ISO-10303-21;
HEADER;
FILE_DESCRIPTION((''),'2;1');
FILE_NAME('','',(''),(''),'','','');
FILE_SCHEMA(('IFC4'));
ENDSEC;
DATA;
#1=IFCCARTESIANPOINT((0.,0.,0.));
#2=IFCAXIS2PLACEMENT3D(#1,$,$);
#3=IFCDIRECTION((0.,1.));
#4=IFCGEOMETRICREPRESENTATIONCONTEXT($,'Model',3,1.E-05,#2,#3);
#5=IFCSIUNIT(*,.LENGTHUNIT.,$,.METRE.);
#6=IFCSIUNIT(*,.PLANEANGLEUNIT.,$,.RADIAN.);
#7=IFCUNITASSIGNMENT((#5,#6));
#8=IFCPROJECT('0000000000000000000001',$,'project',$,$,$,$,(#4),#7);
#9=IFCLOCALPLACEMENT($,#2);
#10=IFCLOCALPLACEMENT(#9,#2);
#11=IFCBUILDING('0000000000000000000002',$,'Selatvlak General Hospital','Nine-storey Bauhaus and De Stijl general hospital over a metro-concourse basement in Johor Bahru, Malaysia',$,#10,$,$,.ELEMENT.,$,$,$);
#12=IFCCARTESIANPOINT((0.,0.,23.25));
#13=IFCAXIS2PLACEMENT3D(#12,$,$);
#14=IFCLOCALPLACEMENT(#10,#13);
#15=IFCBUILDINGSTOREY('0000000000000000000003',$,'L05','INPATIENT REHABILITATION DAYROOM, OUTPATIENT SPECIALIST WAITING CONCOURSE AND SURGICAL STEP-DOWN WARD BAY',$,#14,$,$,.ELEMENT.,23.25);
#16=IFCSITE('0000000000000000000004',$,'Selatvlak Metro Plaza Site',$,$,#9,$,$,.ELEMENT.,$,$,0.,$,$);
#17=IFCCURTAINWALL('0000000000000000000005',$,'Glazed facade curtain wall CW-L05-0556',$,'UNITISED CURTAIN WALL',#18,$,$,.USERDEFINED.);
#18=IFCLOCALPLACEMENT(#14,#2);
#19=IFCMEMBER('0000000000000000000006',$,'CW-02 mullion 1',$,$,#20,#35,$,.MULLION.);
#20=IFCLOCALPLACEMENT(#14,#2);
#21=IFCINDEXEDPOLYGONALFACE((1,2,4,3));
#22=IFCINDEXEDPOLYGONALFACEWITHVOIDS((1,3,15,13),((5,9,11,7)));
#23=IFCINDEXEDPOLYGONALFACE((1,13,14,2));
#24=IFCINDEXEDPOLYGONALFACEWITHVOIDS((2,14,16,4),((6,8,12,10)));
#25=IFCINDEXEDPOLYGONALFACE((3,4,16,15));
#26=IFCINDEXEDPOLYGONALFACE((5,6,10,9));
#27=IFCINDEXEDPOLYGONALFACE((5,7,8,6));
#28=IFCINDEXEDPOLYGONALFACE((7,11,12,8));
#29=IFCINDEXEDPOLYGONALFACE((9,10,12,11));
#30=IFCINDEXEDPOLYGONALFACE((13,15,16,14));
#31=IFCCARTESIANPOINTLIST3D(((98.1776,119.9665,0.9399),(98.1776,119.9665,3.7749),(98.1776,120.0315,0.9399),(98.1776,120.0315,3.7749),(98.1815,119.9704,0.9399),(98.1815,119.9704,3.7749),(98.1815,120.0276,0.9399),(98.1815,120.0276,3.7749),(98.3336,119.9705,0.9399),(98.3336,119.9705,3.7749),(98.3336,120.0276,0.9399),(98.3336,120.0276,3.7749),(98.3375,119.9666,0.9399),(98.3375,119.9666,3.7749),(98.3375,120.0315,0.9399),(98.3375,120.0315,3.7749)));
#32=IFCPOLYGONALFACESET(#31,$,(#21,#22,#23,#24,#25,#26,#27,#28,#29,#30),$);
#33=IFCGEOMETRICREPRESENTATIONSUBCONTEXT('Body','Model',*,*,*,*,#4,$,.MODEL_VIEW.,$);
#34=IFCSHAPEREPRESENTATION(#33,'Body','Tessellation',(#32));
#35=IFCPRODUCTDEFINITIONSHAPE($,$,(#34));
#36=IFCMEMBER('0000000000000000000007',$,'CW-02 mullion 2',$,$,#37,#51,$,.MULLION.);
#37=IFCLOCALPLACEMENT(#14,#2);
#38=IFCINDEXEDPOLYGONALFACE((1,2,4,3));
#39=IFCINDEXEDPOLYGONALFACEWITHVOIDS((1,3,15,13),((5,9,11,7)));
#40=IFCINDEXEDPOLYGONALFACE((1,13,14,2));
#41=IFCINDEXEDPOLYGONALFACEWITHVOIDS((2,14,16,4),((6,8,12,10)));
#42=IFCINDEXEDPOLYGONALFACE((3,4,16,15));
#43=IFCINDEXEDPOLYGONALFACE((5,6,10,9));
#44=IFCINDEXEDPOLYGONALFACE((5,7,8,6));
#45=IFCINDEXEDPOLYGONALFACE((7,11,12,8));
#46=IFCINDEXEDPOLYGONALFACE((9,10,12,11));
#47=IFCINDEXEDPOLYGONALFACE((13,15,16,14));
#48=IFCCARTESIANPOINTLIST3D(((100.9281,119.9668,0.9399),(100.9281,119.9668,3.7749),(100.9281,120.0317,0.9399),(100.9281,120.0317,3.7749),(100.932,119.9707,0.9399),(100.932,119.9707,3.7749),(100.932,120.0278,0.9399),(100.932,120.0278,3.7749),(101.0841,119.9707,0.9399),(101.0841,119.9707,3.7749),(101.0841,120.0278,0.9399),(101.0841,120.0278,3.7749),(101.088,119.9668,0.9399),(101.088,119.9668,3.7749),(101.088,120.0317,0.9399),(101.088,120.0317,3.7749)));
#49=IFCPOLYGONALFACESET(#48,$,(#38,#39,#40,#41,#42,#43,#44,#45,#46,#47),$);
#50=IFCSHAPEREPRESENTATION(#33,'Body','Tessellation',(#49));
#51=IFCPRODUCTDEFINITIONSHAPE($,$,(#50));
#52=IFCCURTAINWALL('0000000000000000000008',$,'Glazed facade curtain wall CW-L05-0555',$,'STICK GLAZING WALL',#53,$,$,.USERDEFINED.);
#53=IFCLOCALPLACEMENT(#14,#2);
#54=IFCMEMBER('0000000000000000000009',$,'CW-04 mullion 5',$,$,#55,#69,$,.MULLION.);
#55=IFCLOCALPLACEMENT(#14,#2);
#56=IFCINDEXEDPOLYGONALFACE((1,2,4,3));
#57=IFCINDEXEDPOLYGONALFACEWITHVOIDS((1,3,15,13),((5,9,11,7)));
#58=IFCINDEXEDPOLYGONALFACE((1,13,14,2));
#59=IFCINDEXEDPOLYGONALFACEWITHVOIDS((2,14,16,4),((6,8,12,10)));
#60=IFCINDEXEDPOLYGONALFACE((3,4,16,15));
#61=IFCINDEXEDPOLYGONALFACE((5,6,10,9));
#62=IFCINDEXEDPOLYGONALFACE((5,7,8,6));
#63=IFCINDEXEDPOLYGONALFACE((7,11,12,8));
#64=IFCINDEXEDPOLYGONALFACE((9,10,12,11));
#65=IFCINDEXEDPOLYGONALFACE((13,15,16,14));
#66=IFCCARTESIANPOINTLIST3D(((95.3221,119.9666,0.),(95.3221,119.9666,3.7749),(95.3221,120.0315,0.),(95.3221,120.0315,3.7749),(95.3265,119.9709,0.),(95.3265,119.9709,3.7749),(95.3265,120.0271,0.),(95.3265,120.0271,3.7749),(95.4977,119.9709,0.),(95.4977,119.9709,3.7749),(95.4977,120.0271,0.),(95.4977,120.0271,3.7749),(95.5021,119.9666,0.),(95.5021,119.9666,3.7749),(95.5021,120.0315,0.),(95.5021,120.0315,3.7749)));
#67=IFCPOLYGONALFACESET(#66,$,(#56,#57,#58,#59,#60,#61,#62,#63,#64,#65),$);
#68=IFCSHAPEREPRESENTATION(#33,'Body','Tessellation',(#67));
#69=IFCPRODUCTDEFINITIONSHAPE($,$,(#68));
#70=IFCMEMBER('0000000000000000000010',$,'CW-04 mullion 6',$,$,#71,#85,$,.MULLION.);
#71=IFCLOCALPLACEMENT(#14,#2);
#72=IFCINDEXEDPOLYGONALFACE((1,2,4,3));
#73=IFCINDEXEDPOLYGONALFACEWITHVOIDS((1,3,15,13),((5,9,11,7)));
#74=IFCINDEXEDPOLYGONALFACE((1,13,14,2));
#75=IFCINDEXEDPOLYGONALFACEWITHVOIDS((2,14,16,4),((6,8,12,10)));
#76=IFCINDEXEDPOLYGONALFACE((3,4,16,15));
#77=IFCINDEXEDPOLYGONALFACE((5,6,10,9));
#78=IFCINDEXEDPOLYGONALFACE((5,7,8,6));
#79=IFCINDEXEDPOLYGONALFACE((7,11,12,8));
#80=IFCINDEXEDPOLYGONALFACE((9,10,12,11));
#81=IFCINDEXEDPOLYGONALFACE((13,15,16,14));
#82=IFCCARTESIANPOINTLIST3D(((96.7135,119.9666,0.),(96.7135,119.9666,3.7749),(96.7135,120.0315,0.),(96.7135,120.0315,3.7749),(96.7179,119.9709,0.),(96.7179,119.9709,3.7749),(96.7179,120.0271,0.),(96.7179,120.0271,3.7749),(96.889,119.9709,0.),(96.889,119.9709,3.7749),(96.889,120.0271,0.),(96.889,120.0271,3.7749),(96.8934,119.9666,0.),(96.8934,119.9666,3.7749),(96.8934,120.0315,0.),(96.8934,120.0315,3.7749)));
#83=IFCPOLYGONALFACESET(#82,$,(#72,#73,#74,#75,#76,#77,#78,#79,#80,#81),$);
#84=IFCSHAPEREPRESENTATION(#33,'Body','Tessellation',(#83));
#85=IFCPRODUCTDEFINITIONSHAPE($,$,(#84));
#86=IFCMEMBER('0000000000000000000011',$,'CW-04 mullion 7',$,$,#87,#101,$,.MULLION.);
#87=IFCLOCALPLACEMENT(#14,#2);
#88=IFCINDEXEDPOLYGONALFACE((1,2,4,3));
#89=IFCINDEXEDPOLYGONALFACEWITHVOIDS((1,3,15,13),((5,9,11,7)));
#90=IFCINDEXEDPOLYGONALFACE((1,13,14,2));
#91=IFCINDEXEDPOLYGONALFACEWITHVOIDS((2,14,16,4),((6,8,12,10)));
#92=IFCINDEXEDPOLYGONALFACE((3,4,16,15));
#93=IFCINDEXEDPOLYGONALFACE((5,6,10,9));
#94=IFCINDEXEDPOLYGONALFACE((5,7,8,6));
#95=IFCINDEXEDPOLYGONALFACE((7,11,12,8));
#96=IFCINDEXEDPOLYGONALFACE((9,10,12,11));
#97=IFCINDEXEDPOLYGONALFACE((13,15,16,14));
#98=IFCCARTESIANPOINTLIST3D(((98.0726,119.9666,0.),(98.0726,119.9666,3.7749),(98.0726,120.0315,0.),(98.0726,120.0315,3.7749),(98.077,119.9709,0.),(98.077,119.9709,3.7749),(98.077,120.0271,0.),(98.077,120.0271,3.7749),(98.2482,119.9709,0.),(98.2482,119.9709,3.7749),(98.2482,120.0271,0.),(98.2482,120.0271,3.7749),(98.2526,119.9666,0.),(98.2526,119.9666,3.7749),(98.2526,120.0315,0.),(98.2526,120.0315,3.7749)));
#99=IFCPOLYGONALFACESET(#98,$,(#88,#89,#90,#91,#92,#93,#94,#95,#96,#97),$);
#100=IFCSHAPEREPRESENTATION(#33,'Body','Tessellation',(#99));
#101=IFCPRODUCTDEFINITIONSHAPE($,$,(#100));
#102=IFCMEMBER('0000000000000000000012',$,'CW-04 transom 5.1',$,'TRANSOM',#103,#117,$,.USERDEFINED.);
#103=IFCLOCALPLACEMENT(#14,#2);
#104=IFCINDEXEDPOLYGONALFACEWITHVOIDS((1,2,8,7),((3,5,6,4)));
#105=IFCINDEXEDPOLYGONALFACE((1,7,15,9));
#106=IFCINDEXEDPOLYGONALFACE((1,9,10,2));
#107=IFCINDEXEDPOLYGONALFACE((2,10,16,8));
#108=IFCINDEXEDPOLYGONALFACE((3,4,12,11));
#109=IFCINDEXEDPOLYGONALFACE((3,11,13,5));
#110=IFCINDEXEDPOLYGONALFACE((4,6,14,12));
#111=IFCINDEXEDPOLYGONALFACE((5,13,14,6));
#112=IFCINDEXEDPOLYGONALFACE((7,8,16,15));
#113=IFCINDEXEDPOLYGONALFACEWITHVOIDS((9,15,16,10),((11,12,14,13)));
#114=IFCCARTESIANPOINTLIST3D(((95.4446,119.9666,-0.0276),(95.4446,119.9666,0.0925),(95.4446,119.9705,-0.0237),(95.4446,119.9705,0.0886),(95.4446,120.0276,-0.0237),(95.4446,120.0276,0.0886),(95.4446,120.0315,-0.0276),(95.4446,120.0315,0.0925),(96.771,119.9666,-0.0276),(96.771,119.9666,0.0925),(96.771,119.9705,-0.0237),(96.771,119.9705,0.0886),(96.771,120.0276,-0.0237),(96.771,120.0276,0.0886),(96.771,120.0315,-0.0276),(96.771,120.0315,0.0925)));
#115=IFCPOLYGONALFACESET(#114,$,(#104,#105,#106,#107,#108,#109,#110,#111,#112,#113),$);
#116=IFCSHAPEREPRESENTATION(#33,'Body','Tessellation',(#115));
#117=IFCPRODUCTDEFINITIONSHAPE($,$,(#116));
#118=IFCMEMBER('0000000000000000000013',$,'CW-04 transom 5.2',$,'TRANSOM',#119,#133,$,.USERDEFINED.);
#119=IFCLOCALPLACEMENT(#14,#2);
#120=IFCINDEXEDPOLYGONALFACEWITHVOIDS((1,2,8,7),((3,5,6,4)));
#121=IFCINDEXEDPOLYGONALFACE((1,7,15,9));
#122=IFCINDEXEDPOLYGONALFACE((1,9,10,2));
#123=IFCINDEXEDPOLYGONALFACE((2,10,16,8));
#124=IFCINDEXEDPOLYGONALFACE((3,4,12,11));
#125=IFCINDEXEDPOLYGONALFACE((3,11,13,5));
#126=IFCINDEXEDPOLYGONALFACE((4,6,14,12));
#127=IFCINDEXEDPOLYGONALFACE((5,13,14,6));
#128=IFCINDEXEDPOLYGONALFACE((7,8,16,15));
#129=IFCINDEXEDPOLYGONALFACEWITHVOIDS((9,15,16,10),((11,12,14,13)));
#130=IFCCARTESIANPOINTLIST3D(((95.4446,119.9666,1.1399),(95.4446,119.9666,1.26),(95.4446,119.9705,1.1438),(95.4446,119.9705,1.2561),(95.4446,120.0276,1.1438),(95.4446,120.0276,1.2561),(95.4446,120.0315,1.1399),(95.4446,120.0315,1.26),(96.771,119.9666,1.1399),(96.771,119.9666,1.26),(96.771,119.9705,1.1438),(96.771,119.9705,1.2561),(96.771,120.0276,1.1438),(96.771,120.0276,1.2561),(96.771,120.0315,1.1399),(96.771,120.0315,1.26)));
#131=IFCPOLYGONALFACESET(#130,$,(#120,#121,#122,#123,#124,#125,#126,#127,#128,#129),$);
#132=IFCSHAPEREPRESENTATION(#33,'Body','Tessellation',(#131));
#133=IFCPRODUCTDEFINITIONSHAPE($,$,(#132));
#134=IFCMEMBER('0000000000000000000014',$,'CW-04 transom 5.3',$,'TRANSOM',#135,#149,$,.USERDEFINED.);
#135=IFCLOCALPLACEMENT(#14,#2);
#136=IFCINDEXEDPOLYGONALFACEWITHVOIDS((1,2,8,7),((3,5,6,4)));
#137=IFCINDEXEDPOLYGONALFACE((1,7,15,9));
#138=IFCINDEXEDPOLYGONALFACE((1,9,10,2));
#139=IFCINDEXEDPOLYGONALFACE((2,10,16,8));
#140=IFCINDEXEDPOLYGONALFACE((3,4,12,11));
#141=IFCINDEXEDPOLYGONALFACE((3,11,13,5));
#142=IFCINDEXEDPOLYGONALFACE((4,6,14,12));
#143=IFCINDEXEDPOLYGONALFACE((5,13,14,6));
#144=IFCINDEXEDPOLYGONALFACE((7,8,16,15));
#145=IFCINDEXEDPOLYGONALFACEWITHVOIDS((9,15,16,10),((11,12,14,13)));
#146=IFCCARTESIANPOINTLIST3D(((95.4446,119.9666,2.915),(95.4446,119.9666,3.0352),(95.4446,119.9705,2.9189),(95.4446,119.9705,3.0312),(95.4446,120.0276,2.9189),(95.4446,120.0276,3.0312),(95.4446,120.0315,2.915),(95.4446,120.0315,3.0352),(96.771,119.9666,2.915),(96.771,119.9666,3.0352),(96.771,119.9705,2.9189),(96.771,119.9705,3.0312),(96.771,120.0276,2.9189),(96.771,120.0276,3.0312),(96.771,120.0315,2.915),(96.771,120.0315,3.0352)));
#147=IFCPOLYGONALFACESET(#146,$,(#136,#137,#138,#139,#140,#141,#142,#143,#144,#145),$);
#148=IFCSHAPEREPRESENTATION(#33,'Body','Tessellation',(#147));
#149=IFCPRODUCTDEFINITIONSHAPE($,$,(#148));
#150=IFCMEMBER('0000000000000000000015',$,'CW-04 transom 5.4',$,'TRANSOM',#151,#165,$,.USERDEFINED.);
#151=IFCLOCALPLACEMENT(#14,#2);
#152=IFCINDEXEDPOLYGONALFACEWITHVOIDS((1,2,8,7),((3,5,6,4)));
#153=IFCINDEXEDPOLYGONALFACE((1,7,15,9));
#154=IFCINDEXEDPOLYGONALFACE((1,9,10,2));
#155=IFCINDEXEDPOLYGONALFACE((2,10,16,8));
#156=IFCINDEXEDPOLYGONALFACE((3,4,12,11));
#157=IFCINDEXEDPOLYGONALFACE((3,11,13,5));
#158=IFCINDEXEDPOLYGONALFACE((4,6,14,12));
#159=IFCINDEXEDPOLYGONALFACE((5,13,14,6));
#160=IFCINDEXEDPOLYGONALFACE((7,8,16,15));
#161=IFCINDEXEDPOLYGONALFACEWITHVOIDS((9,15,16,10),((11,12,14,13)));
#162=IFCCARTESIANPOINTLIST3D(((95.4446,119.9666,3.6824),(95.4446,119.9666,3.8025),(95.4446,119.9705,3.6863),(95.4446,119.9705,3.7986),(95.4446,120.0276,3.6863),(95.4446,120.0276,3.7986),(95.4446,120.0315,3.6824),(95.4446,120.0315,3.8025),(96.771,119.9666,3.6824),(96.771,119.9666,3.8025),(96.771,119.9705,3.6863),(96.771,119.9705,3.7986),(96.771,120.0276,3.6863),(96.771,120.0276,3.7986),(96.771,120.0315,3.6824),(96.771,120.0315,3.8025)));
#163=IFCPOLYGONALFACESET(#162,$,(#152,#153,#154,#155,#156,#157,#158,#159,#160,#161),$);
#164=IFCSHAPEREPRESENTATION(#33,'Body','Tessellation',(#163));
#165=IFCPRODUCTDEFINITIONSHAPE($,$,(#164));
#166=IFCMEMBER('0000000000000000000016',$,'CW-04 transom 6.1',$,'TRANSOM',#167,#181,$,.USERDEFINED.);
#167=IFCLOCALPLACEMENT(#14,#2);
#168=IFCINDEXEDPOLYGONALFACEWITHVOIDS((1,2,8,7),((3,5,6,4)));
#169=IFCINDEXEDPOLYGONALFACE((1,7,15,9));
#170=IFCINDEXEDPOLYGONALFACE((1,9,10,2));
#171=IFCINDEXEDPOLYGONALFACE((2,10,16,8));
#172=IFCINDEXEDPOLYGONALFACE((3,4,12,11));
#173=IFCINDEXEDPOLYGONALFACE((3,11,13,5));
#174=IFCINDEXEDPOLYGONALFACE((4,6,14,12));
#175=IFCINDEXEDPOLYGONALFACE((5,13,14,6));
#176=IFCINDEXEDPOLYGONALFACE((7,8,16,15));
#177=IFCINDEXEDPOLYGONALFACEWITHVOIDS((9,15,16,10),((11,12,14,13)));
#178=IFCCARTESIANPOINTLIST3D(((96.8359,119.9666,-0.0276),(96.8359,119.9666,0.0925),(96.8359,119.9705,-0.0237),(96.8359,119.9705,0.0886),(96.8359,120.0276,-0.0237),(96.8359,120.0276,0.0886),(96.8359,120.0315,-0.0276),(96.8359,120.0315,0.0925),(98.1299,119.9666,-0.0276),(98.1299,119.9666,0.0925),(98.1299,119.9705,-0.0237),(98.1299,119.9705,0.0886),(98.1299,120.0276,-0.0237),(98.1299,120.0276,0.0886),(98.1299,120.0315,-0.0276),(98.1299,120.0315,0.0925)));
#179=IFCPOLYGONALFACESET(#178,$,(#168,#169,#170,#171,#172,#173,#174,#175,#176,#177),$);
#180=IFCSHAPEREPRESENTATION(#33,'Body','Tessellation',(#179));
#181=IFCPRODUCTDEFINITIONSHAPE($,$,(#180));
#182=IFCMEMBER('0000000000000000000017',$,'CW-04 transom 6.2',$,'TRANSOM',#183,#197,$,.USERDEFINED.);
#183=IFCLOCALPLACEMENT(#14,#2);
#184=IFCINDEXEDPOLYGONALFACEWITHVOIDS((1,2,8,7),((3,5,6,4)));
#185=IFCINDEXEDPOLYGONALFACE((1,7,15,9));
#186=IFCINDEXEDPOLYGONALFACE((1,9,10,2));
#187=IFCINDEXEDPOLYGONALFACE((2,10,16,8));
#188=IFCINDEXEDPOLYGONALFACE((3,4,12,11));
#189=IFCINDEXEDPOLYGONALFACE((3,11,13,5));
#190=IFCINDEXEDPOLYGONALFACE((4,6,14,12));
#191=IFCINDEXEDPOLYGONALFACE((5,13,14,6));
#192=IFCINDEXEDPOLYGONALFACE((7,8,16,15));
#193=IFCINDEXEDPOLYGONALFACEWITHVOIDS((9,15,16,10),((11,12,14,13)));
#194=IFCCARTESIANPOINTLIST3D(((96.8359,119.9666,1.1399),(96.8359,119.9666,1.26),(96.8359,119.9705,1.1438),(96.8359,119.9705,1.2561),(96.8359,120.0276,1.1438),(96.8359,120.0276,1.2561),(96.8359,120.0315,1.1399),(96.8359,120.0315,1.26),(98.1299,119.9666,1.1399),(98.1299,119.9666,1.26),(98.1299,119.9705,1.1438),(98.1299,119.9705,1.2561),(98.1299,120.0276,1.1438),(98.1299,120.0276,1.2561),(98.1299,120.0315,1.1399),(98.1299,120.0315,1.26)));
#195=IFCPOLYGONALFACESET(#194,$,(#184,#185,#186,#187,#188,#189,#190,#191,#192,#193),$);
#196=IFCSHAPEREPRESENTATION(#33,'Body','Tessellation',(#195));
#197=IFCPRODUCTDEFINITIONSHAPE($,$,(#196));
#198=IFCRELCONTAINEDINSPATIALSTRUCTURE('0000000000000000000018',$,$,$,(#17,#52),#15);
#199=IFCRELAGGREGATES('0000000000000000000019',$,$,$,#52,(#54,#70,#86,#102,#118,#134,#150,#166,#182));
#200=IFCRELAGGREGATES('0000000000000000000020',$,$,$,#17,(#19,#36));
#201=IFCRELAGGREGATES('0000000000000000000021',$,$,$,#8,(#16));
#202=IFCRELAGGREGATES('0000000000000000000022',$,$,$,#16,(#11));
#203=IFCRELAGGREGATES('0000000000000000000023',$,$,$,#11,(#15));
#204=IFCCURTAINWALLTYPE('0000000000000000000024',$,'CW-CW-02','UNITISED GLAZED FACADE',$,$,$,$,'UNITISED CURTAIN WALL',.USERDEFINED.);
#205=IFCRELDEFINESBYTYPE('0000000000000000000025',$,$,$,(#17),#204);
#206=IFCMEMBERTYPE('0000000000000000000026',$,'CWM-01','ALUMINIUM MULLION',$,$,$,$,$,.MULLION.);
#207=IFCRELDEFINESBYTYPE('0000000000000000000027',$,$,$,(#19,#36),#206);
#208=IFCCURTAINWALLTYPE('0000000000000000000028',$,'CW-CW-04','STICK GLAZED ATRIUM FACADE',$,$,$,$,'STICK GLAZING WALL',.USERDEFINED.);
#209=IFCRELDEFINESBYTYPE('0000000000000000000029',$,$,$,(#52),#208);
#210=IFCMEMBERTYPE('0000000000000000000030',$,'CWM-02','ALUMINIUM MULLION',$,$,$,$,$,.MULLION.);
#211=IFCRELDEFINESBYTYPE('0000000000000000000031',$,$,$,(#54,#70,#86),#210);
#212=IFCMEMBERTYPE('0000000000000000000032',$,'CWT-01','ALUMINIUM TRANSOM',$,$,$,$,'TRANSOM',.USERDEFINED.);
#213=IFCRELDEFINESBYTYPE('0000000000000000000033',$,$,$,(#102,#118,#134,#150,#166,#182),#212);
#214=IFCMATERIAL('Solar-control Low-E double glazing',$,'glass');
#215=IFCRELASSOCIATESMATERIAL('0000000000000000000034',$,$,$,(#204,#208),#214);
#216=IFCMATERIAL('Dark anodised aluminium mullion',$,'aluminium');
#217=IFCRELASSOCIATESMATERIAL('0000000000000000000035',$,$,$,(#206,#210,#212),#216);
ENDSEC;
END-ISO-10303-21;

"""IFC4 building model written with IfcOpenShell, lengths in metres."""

from ifc_helpers import new_model, si_unit, direction, frame, origin, origin_2d, place, context, subcontext, project, spatial, hollow_rectangle, extrude, material, material_profile, profile_set, type_object, element, aggregate, save


model = new_model("IFC4")

# Units and contexts
model_context = context("Model", 3, precision=1e-05, world=origin(), true_north=direction((0.0, 1.0)))
body_context = subcontext(model_context, "Body", "Model", "MODEL_VIEW")
ifc_project = project(units=[si_unit("LENGTHUNIT", "METRE"), si_unit("PLANEANGLEUNIT", "RADIAN")], contexts=[model_context])

# Site, building, storey
site_placement = place(None, origin())
site = spatial("IfcSite", under=ifc_project, at=site_placement, Name="Selatvlak Metro Plaza Site", CompositionType="ELEMENT", RefElevation=0.0)
building_placement = place(site_placement, origin())
building = spatial("IfcBuilding", under=site, at=building_placement, Name="Selatvlak General Hospital", Description="Nine-storey Bauhaus and De Stijl general hospital over a metro-concourse basement in Johor Bahru, Malaysia", CompositionType="ELEMENT")
storey_placement = place(building_placement, frame((0.0, 0.0, 23.25)))
storey = spatial("IfcBuildingStorey", under=building, at=storey_placement, Name="L05", Description="INPATIENT REHABILITATION DAYROOM, OUTPATIENT SPECIALIST WAITING CONCOURSE AND SURGICAL STEP-DOWN WARD BAY", CompositionType="ELEMENT", Elevation=23.25)

# Curtain walls, members
ifc_material_1 = material(Name="Solar-control Low-E double glazing", Category="glass")
curtain_wall_type_1 = type_object("IfcCurtainWallType", Name="CW-CW-02", Description="UNITISED GLAZED FACADE", ElementType="UNITISED CURTAIN WALL", PredefinedType="USERDEFINED", material=ifc_material_1)
curtain_wall_1_placement = place(storey_placement, origin())
curtain_wall_1 = element("IfcCurtainWall", 1, at=curtain_wall_1_placement, inside=storey, type_object=curtain_wall_type_1, Name="Glazed facade curtain wall CW-L05-0556", ObjectType="UNITISED CURTAIN WALL", PredefinedType="USERDEFINED")
ifc_material_2 = material(Name="Dark anodised aluminium mullion", Category="aluminium")
ifc_material_profile_1 = material_profile(ifc_material_2, hollow_rectangle(XDim=0.0649, YDim=0.1599, WallThickness=0.0039, at=origin_2d()), Name="AL-MUL 65x160x4")
ifc_profile_set_1 = profile_set([ifc_material_profile_1], Name="Dark anodised aluminium mullion")
member_type_1 = type_object("IfcMemberType", Name="CWM-01", Description="ALUMINIUM MULLION", PredefinedType="MULLION", material=ifc_profile_set_1)
member_1_placement = place(storey_placement, frame((98.2576, 119.999, 0.9399), z_axis=(0.0, 0.0, 1.0), x_axis=(-0.00012, 1.0, 0.0)))
member_1 = element("IfcMember", 2, at=member_1_placement, type_object=member_type_1, Name="CW-02 mullion 1", PredefinedType="MULLION", context=body_context, shape_type="SweptSolid", body=[
    extrude(hollow_rectangle(XDim=0.0649, YDim=0.1599, WallThickness=0.0039, at=origin_2d()), origin(), (0.0, 0.0, 1.0), 2.835),
])
member_2_placement = place(storey_placement, frame((101.0081, 119.9993, 0.9399), z_axis=(0.0, 0.0, 1.0), x_axis=(-0.00012, 1.0, 0.0)))
member_2 = element("IfcMember", 3, at=member_2_placement, type_object=member_type_1, Name="CW-02 mullion 2", PredefinedType="MULLION", context=body_context, shape_type="SweptSolid", body=[
    extrude(hollow_rectangle(XDim=0.0649, YDim=0.1599, WallThickness=0.0039, at=origin_2d()), origin(), (0.0, 0.0, 1.0), 2.835),
])
curtain_wall_type_2 = type_object("IfcCurtainWallType", Name="CW-CW-04", Description="STICK GLAZED ATRIUM FACADE", ElementType="STICK GLAZING WALL", PredefinedType="USERDEFINED", material=ifc_material_1)
curtain_wall_2_placement = place(storey_placement, origin())
curtain_wall_2 = element("IfcCurtainWall", 4, at=curtain_wall_2_placement, inside=storey, type_object=curtain_wall_type_2, Name="Glazed facade curtain wall CW-L05-0555", ObjectType="STICK GLAZING WALL", PredefinedType="USERDEFINED")
ifc_material_profile_2 = material_profile(ifc_material_2, hollow_rectangle(XDim=0.0649, YDim=0.1799, WallThickness=0.0044, at=origin_2d()), Name="AL-MUL 65x180x4.5")
ifc_profile_set_2 = profile_set([ifc_material_profile_2], Name="Dark anodised aluminium mullion")
member_type_2 = type_object("IfcMemberType", Name="CWM-02", Description="ALUMINIUM MULLION", PredefinedType="MULLION", material=ifc_profile_set_2)
member_3_placement = place(storey_placement, frame((95.4121, 119.999, 0.0), z_axis=(0.0, 0.0, 1.0), x_axis=(0.0, 1.0, 0.0)))
member_3 = element("IfcMember", 5, at=member_3_placement, type_object=member_type_2, Name="CW-04 mullion 5", PredefinedType="MULLION", context=body_context, shape_type="SweptSolid", body=[
    extrude(hollow_rectangle(XDim=0.0649, YDim=0.1799, WallThickness=0.0044, at=origin_2d()), origin(), (0.0, 0.0, 1.0), 3.7749),
])
member_4_placement = place(storey_placement, frame((96.8035, 119.999, 0.0), z_axis=(0.0, 0.0, 1.0), x_axis=(0.0, 1.0, 0.0)))
member_4 = element("IfcMember", 6, at=member_4_placement, type_object=member_type_2, Name="CW-04 mullion 6", PredefinedType="MULLION", context=body_context, shape_type="SweptSolid", body=[
    extrude(hollow_rectangle(XDim=0.0649, YDim=0.1799, WallThickness=0.0044, at=origin_2d()), origin(), (0.0, 0.0, 1.0), 3.7749),
])
member_5_placement = place(storey_placement, frame((98.1626, 119.999, 0.0), z_axis=(0.0, 0.0, 1.0), x_axis=(0.0, 1.0, 0.0)))
member_5 = element("IfcMember", 7, at=member_5_placement, type_object=member_type_2, Name="CW-04 mullion 7", PredefinedType="MULLION", context=body_context, shape_type="SweptSolid", body=[
    extrude(hollow_rectangle(XDim=0.0649, YDim=0.1799, WallThickness=0.0044, at=origin_2d()), origin(), (0.0, 0.0, 1.0), 3.7749),
])
ifc_material_profile_3 = material_profile(ifc_material_2, hollow_rectangle(XDim=0.0649, YDim=0.1201, WallThickness=0.0039, at=origin_2d()), Name="AL-TRN 65x120x4")
ifc_profile_set_3 = profile_set([ifc_material_profile_3], Name="Dark anodised aluminium mullion")
member_type_3 = type_object("IfcMemberType", Name="CWT-01", Description="ALUMINIUM TRANSOM", ElementType="TRANSOM", PredefinedType="USERDEFINED", material=ifc_profile_set_3)
member_6_placement = place(storey_placement, frame((95.4446, 119.999, 0.0325), z_axis=(1.0, 0.0, 0.0), x_axis=(0.0, 1.0, 0.0)))
member_6 = element("IfcMember", 8, at=member_6_placement, type_object=member_type_3, Name="CW-04 transom 5.1", ObjectType="TRANSOM", PredefinedType="USERDEFINED", context=body_context, shape_type="SweptSolid", body=[
    extrude(hollow_rectangle(XDim=0.0649, YDim=0.1201, WallThickness=0.0039, at=origin_2d()), origin(), (0.0, 0.0, 1.0), 1.3264),
])
member_7_placement = place(storey_placement, frame((95.4446, 119.999, 1.2), z_axis=(1.0, 0.0, 0.0), x_axis=(0.0, 1.0, 0.0)))
member_7 = element("IfcMember", 9, at=member_7_placement, type_object=member_type_3, Name="CW-04 transom 5.2", ObjectType="TRANSOM", PredefinedType="USERDEFINED", context=body_context, shape_type="SweptSolid", body=[
    extrude(hollow_rectangle(XDim=0.0649, YDim=0.1201, WallThickness=0.0039, at=origin_2d()), origin(), (0.0, 0.0, 1.0), 1.3264),
])
member_8_placement = place(storey_placement, frame((95.4446, 119.999, 2.9751), z_axis=(1.0, 0.0, 0.0), x_axis=(0.0, 1.0, 0.0)))
member_8 = element("IfcMember", 10, at=member_8_placement, type_object=member_type_3, Name="CW-04 transom 5.3", ObjectType="TRANSOM", PredefinedType="USERDEFINED", context=body_context, shape_type="SweptSolid", body=[
    extrude(hollow_rectangle(XDim=0.0649, YDim=0.1201, WallThickness=0.0039, at=origin_2d()), origin(), (0.0, 0.0, 1.0), 1.3264),
])
member_9_placement = place(storey_placement, frame((95.4446, 119.999, 3.7424), z_axis=(1.0, 0.0, 0.0), x_axis=(0.0, 1.0, 0.0)))
member_9 = element("IfcMember", 11, at=member_9_placement, type_object=member_type_3, Name="CW-04 transom 5.4", ObjectType="TRANSOM", PredefinedType="USERDEFINED", context=body_context, shape_type="SweptSolid", body=[
    extrude(hollow_rectangle(XDim=0.0649, YDim=0.1201, WallThickness=0.0039, at=origin_2d()), origin(), (0.0, 0.0, 1.0), 1.3264),
])
member_10_placement = place(storey_placement, frame((96.8359, 119.999, 0.0325), z_axis=(1.0, 0.0, 0.0), x_axis=(0.0, 1.0, 0.0)))
member_10 = element("IfcMember", 12, at=member_10_placement, type_object=member_type_3, Name="CW-04 transom 6.1", ObjectType="TRANSOM", PredefinedType="USERDEFINED", context=body_context, shape_type="SweptSolid", body=[
    extrude(hollow_rectangle(XDim=0.0649, YDim=0.1201, WallThickness=0.0039, at=origin_2d()), origin(), (0.0, 0.0, 1.0), 1.2939),
])
member_11_placement = place(storey_placement, frame((96.8359, 119.999, 1.2), z_axis=(1.0, 0.0, 0.0), x_axis=(0.0, 1.0, 0.0)))
member_11 = element("IfcMember", 13, at=member_11_placement, type_object=member_type_3, Name="CW-04 transom 6.2", ObjectType="TRANSOM", PredefinedType="USERDEFINED", context=body_context, shape_type="SweptSolid", body=[
    extrude(hollow_rectangle(XDim=0.0649, YDim=0.1201, WallThickness=0.0039, at=origin_2d()), origin(), (0.0, 0.0, 1.0), 1.2939),
])

aggregate(curtain_wall_2, [member_3, member_4, member_5, member_6, member_7, member_8, member_9, member_10, member_11])
aggregate(curtain_wall_1, [member_1, member_2])

save(model, "model.ifc")
